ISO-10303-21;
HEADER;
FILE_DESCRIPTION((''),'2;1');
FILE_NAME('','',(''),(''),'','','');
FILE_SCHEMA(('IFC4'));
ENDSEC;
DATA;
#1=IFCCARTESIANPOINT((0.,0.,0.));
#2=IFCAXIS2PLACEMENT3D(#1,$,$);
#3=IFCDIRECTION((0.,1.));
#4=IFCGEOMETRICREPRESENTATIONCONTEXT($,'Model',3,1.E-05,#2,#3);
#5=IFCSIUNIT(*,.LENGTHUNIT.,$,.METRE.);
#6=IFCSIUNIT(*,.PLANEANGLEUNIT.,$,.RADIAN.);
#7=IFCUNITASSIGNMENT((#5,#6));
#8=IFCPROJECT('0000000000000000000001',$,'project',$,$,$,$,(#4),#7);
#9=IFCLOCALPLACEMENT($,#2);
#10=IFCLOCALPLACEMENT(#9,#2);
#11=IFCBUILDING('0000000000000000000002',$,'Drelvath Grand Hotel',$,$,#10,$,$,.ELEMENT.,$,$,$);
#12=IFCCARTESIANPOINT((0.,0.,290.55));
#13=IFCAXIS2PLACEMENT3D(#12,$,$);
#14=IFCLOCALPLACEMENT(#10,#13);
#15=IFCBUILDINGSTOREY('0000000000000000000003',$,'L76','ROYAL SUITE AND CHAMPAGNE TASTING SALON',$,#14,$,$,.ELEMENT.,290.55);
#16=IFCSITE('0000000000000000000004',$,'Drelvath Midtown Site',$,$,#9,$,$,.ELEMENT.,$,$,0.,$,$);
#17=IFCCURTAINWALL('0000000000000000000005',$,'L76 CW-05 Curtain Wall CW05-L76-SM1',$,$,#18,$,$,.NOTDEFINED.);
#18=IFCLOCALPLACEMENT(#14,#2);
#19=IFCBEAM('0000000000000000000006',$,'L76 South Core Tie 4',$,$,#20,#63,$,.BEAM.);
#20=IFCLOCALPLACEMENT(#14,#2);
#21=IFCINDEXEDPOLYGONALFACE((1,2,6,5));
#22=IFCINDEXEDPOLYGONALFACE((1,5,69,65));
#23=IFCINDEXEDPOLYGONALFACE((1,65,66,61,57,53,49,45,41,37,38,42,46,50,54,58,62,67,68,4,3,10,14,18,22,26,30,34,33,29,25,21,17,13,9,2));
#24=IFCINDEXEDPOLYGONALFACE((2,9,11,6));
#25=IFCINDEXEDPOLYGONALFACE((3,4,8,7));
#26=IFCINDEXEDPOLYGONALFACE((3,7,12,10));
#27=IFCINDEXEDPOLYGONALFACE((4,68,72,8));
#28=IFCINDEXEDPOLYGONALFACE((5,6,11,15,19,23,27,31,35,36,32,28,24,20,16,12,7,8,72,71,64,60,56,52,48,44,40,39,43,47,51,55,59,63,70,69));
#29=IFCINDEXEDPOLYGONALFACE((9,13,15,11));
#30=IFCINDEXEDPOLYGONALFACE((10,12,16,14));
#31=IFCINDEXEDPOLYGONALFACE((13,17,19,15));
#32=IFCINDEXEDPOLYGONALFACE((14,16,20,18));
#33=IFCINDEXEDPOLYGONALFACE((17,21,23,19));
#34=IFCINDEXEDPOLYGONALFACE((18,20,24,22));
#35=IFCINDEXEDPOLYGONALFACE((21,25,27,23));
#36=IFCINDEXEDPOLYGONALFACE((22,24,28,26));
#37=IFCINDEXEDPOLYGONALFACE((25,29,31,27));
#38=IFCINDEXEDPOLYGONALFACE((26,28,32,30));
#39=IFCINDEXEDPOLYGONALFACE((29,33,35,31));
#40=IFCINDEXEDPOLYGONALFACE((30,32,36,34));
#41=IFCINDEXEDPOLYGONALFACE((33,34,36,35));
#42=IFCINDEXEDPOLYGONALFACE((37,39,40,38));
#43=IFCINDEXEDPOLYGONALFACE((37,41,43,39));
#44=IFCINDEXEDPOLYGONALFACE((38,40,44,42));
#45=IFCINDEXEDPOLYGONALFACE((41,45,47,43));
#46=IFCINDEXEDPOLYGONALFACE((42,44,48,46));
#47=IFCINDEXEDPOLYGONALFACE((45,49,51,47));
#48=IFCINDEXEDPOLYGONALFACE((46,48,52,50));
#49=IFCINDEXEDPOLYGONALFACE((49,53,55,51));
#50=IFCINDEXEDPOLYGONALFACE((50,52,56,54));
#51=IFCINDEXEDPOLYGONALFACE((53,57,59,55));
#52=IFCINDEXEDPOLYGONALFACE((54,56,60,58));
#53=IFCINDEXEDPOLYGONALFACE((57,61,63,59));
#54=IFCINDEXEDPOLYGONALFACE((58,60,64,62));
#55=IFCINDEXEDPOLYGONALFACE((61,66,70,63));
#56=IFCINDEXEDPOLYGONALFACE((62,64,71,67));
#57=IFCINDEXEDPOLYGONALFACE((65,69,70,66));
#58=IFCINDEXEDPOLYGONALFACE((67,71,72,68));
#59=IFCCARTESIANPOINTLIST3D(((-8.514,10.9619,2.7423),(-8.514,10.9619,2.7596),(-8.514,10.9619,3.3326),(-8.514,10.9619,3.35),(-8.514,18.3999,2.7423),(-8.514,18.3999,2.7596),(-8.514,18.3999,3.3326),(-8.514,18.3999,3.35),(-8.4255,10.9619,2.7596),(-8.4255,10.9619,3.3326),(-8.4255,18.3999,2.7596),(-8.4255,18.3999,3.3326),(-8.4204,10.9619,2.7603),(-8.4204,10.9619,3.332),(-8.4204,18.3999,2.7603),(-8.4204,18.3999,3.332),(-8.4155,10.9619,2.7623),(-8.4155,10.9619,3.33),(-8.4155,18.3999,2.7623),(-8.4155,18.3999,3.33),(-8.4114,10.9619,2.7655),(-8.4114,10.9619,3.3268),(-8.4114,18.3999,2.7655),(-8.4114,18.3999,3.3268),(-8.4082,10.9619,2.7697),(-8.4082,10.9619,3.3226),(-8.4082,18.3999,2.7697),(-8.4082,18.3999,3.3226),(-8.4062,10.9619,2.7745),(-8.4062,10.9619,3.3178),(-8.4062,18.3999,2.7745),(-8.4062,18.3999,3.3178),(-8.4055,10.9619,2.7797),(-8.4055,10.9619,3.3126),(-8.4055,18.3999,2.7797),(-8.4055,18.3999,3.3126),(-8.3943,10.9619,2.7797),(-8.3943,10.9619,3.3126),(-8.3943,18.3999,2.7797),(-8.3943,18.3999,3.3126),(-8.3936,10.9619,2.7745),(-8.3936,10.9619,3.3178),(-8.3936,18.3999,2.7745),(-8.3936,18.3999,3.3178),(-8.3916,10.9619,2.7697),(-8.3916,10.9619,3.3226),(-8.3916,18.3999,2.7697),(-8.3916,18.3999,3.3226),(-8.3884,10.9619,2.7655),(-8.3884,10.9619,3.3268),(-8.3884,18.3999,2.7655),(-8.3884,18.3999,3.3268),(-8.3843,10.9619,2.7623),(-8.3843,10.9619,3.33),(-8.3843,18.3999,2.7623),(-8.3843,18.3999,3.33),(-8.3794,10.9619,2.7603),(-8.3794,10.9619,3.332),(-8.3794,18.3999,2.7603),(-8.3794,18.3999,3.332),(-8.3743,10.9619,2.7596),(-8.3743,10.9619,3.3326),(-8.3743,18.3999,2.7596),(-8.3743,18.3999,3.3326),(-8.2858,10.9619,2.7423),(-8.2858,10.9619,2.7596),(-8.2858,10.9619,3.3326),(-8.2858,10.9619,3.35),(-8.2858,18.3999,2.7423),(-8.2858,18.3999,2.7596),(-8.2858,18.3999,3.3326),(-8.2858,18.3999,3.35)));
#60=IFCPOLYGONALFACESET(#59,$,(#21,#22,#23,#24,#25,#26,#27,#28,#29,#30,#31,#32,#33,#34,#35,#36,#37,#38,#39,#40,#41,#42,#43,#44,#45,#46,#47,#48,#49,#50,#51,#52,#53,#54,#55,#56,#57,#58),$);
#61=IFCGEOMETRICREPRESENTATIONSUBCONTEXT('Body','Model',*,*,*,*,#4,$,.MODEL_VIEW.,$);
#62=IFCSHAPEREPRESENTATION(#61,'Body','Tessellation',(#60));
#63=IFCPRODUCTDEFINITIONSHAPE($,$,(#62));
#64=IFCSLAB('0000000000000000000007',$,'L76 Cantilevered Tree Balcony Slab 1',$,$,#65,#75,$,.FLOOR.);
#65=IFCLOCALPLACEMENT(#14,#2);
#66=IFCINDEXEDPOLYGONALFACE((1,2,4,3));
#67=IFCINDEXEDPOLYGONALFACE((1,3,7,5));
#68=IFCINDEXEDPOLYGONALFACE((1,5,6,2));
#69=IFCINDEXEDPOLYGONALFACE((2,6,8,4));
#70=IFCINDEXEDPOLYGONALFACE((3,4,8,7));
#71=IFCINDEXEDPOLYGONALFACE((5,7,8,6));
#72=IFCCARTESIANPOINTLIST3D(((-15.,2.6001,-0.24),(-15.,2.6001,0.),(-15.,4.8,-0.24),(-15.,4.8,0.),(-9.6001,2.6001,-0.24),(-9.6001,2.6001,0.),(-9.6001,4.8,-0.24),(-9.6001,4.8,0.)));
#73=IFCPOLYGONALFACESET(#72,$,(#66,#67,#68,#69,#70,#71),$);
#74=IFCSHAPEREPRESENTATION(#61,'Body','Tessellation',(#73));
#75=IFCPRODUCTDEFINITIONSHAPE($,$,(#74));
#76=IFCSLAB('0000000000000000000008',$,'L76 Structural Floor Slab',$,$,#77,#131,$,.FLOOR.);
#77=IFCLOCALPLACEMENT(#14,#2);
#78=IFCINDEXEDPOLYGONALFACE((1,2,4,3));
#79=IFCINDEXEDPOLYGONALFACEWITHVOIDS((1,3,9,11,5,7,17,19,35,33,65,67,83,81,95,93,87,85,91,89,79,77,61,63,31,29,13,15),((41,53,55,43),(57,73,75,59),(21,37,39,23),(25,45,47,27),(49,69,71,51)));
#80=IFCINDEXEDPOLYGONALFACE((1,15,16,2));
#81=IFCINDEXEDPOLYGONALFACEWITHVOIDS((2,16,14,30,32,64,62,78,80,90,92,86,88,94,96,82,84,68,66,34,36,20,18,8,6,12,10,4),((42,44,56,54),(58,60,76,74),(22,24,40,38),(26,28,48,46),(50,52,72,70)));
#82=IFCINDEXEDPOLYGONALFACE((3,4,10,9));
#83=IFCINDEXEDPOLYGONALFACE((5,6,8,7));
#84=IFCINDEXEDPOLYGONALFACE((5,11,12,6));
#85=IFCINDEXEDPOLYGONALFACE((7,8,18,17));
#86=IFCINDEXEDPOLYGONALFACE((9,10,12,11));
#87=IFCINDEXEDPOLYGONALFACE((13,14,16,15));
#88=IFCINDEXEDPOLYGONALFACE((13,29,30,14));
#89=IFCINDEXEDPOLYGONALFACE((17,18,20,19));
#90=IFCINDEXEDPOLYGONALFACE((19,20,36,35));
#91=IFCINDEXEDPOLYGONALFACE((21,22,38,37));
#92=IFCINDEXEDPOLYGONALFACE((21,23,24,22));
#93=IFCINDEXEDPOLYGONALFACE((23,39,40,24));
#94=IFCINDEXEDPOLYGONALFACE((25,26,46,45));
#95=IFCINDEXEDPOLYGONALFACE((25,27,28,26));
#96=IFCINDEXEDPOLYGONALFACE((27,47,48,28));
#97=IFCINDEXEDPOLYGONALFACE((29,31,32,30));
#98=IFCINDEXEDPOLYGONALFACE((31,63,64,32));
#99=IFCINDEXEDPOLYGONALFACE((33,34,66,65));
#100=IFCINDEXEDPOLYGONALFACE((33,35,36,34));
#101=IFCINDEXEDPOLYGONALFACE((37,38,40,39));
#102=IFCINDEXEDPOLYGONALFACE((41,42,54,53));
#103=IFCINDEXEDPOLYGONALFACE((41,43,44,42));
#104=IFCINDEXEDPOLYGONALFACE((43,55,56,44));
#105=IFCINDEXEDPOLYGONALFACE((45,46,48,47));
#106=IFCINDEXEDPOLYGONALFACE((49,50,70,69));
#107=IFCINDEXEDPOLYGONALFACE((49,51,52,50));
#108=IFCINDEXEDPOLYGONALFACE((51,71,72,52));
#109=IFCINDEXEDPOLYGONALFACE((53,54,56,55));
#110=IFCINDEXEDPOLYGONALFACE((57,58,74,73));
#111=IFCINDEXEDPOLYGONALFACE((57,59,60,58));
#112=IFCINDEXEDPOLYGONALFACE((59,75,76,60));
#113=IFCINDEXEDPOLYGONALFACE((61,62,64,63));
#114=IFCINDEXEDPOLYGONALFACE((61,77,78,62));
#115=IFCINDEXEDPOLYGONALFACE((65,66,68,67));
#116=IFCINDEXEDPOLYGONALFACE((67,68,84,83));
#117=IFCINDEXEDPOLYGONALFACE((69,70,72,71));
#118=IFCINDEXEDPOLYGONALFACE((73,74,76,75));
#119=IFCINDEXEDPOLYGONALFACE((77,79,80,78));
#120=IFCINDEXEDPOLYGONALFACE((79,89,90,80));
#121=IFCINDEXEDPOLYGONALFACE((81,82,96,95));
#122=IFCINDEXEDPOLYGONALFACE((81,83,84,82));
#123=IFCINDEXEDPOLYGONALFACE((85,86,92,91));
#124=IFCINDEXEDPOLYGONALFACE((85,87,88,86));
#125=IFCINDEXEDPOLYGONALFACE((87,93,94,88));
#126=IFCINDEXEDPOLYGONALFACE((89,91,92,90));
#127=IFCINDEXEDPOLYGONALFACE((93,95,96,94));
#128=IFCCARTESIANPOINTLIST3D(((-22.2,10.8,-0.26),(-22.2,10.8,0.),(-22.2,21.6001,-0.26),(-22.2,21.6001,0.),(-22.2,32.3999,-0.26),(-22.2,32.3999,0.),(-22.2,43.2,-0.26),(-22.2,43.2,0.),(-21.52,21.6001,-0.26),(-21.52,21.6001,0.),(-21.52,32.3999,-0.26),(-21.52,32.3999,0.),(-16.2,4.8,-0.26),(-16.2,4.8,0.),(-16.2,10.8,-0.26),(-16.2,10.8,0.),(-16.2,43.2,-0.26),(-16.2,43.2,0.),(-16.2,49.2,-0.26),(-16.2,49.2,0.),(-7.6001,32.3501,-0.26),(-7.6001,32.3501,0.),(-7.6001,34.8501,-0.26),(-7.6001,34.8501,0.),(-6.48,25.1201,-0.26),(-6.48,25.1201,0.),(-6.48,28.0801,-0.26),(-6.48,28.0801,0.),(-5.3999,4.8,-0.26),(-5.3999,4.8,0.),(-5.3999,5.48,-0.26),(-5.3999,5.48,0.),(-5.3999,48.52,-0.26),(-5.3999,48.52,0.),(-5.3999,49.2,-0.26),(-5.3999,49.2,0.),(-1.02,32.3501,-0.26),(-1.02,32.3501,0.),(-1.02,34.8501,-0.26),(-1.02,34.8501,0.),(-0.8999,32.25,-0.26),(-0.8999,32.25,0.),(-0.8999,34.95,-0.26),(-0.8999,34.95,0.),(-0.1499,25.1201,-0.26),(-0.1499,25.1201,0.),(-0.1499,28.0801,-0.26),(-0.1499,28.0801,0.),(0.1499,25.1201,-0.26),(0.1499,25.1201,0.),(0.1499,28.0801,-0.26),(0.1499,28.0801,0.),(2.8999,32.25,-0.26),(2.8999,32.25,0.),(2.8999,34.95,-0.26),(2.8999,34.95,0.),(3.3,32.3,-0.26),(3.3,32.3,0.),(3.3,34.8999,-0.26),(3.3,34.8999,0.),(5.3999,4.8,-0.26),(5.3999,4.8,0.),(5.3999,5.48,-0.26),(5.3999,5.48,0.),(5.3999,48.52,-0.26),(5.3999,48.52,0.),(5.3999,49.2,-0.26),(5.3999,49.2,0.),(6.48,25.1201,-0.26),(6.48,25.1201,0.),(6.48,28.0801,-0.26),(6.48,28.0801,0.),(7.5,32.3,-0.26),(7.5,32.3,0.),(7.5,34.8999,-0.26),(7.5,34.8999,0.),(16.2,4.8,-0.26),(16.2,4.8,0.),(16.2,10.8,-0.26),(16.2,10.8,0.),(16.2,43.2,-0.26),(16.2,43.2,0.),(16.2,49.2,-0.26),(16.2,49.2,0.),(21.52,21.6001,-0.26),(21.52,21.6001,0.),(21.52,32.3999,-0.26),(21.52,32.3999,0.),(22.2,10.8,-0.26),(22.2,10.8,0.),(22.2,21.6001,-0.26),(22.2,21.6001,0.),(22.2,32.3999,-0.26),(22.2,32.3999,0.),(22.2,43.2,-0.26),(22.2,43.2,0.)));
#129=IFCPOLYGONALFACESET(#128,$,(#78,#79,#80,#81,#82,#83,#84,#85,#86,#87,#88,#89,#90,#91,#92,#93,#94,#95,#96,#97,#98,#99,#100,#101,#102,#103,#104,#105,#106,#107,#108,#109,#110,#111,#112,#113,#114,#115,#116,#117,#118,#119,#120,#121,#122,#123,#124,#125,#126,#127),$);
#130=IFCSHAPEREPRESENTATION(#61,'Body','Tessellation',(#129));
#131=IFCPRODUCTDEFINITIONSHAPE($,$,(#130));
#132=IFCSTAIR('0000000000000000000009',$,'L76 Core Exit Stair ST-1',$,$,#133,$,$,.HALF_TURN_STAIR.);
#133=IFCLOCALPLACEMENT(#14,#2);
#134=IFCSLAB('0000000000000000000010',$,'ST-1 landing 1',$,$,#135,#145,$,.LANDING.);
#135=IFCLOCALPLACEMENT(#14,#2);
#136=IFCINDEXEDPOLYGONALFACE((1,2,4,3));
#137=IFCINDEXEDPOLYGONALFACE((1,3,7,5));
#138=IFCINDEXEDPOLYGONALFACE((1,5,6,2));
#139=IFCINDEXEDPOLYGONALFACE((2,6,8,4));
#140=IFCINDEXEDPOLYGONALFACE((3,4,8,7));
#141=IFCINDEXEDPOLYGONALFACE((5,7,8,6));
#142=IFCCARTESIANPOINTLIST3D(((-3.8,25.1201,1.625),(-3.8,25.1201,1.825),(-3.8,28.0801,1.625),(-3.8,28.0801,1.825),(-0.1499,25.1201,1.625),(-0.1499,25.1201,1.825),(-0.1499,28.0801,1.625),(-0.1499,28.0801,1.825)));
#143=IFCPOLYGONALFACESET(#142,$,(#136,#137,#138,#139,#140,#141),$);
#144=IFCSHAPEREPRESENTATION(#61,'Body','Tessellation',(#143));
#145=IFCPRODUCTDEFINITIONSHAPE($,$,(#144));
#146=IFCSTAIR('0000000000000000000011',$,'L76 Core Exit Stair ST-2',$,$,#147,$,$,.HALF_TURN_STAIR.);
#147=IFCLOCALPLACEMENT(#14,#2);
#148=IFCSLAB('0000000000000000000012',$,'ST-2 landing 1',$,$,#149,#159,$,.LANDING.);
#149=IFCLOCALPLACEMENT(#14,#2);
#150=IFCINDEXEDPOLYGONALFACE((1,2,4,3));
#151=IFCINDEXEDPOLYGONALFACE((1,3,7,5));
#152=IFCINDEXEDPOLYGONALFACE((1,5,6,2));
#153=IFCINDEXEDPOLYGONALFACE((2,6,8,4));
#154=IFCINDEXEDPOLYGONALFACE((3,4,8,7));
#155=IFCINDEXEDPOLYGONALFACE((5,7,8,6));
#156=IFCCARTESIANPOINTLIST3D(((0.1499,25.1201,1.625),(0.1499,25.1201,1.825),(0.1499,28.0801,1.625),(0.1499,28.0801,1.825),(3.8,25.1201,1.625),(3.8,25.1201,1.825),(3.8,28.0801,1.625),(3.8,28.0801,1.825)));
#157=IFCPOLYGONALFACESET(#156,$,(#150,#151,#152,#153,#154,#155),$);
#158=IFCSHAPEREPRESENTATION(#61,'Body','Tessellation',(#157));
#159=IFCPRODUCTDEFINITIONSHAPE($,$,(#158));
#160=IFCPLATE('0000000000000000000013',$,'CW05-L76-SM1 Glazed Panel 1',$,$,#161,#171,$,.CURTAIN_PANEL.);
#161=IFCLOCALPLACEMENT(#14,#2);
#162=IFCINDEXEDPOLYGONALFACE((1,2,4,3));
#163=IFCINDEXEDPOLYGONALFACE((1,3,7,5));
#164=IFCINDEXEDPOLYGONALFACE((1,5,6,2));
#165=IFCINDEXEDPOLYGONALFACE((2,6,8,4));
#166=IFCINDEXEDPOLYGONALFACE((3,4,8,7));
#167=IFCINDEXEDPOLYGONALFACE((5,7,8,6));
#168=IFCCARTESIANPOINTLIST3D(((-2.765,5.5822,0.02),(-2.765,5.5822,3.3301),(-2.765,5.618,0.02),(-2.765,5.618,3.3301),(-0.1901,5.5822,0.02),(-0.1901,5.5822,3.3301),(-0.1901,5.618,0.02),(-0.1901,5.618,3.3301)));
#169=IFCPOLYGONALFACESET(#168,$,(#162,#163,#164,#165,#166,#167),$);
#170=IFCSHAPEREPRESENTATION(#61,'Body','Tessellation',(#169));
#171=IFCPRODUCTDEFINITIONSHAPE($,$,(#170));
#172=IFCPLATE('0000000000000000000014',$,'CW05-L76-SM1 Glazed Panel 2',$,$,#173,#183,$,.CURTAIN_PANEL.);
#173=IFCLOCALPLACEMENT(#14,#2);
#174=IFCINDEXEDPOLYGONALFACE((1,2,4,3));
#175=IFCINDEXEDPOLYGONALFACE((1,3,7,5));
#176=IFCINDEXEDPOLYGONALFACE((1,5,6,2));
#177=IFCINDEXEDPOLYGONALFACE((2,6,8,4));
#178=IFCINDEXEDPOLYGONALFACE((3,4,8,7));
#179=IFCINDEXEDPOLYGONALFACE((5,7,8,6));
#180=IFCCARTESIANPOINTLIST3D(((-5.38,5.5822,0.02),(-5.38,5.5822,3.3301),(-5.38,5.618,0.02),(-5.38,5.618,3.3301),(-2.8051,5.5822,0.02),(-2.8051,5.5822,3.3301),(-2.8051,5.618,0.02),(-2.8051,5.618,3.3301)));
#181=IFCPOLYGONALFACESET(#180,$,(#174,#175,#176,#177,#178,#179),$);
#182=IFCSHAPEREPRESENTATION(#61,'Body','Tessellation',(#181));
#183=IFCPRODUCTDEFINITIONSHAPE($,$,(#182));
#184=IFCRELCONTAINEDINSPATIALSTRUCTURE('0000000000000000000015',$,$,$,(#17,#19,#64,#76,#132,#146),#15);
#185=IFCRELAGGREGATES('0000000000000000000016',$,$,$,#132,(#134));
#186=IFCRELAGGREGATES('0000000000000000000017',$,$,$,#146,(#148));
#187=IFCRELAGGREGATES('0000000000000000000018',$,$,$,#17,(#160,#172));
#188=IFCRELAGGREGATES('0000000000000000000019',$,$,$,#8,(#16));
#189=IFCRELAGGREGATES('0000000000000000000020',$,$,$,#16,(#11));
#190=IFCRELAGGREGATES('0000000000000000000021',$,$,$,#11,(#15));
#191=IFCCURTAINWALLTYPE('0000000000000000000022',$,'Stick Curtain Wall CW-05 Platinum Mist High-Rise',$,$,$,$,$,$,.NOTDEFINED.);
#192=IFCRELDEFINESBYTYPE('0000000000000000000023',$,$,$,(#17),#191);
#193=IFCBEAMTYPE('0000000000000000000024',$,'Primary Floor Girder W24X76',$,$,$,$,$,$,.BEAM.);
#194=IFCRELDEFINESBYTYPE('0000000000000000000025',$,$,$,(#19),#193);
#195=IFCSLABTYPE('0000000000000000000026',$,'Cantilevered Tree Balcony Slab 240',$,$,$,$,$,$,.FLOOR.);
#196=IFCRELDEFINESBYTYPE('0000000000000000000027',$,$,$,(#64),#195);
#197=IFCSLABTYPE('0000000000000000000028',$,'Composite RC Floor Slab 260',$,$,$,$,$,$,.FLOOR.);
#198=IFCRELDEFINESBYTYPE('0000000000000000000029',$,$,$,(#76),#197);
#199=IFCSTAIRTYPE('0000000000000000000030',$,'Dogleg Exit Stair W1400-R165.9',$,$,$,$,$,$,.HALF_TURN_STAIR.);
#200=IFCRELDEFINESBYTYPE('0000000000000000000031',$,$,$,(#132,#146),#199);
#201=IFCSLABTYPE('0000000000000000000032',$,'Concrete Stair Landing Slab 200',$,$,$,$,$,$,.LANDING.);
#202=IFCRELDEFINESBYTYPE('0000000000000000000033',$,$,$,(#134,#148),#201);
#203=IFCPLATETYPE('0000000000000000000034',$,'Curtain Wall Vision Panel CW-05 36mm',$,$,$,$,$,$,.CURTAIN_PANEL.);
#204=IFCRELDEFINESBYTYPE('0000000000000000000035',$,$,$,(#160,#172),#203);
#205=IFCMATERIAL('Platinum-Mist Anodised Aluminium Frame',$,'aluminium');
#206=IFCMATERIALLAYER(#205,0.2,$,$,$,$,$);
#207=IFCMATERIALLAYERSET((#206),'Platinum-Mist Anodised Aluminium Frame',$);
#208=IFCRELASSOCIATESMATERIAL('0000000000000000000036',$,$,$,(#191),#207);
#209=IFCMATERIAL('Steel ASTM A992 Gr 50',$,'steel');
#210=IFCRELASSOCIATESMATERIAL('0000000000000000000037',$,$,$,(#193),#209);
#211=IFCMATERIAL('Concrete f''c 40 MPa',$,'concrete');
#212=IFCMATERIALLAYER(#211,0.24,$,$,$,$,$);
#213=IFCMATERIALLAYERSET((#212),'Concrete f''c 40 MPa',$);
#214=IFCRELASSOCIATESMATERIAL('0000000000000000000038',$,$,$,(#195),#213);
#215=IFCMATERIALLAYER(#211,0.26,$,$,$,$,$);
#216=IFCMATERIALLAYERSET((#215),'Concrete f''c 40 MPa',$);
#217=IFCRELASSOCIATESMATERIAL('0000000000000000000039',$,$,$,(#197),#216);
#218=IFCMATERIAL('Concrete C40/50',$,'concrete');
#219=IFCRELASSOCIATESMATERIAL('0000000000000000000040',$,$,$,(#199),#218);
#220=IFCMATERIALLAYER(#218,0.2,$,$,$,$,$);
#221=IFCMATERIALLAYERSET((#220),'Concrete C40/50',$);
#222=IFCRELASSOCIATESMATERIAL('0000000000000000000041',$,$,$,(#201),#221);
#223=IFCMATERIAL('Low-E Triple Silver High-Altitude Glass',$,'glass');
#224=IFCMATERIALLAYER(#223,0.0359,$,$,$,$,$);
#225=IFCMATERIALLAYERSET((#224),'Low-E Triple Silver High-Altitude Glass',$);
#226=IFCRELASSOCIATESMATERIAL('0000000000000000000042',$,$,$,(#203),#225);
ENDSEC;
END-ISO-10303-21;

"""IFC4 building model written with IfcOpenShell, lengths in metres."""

from ifc_helpers import new_model, si_unit, direction, frame, origin, origin_2d, place, context, subcontext, project, spatial, polyline, rectangle, i_section, outline, extrude, material, layer, layer_set, material_profile, profile_set, type_object, element, aggregate, save


model = new_model("IFC4")

# Units and contexts
model_context = context("Model", 3, precision=1e-05, world=origin(), true_north=direction((0.0, 1.0)))
body_context = subcontext(model_context, "Body", "Model", "MODEL_VIEW")
ifc_project = project(units=[si_unit("LENGTHUNIT", "METRE"), si_unit("PLANEANGLEUNIT", "RADIAN")], contexts=[model_context])

# Site, building, storey
site_placement = place(None, origin())
site = spatial("IfcSite", under=ifc_project, at=site_placement, Name="Drelvath Midtown Site", CompositionType="ELEMENT", RefElevation=0.0)
building_placement = place(site_placement, origin())
building = spatial("IfcBuilding", under=site, at=building_placement, Name="Drelvath Grand Hotel", CompositionType="ELEMENT")
storey_placement = place(building_placement, frame((0.0, 0.0, 290.55)))
storey = spatial("IfcBuildingStorey", under=building, at=storey_placement, Name="L76", Description="ROYAL SUITE AND CHAMPAGNE TASTING SALON", CompositionType="ELEMENT", Elevation=290.55)

# Curtain wall
ifc_material_1 = material(Name="Platinum-Mist Anodised Aluminium Frame", Category="aluminium")
ifc_layer_1 = layer(ifc_material_1, 0.2)
ifc_layer_set_1 = layer_set([ifc_layer_1], Name="Platinum-Mist Anodised Aluminium Frame")
curtain_wall_type = type_object("IfcCurtainWallType", Name="Stick Curtain Wall CW-05 Platinum Mist High-Rise", PredefinedType="NOTDEFINED", material=ifc_layer_set_1)
curtain_wall_1_placement = place(storey_placement, origin())
curtain_wall_1 = element("IfcCurtainWall", 1, at=curtain_wall_1_placement, inside=storey, type_object=curtain_wall_type, Name="L76 CW-05 Curtain Wall CW05-L76-SM1", PredefinedType="NOTDEFINED")

# Beam
ifc_material_2 = material(Name="Steel ASTM A992 Gr 50", Category="steel")
ifc_material_profile_1 = material_profile(ifc_material_2, i_section(OverallWidth=0.2283, OverallDepth=0.6077, WebThickness=0.0112, FlangeThickness=0.0173, FilletRadius=0.02, at=origin_2d()), Name="W24X76")
ifc_profile_set_1 = profile_set([ifc_material_profile_1], Name="Steel ASTM A992 Gr 50")
beam_type = type_object("IfcBeamType", Name="Primary Floor Girder W24X76", PredefinedType="BEAM", material=ifc_profile_set_1)
beam_placement = place(storey_placement, frame((-8.3999, 10.9619, 3.0461), z_axis=(0.0, 1.0, 0.0), x_axis=(-1.0, 0.0, 0.0)))
element("IfcBeam", 2, at=beam_placement, inside=storey, type_object=beam_type, Name="L76 South Core Tie 4", PredefinedType="BEAM", context=body_context, shape_type="SweptSolid", body=[
    extrude(i_section(OverallWidth=0.2283, OverallDepth=0.6077, WebThickness=0.0112, FlangeThickness=0.0173, FilletRadius=0.02, at=origin_2d()), origin(), (0.0, 0.0, 1.0), 7.438),
])

# Slabs
ifc_material_3 = material(Name="Concrete f'c 40 MPa", Category="concrete")
ifc_layer_2 = layer(ifc_material_3, 0.24)
ifc_layer_set_2 = layer_set([ifc_layer_2], Name="Concrete f'c 40 MPa")
slab_type_1 = type_object("IfcSlabType", Name="Cantilevered Tree Balcony Slab 240", PredefinedType="FLOOR", material=ifc_layer_set_2)
slab_1_placement = place(storey_placement, frame((0.0, 0.0, -0.24)))
element("IfcSlab", 3, at=slab_1_placement, inside=storey, type_object=slab_type_1, Name="L76 Cantilevered Tree Balcony Slab 1", PredefinedType="FLOOR", context=body_context, shape_type="SweptSolid", body=[
    extrude(outline(polyline([(-15.0, 2.6001), (-9.6001, 2.6001), (-9.6001, 4.8), (-15.0, 4.8), (-15.0, 2.6001)])), origin(), (0.0, 0.0, 1.0), 0.24),
])
ifc_layer_3 = layer(ifc_material_3, 0.26)
ifc_layer_set_3 = layer_set([ifc_layer_3], Name="Concrete f'c 40 MPa")
slab_type_2 = type_object("IfcSlabType", Name="Composite RC Floor Slab 260", PredefinedType="FLOOR", material=ifc_layer_set_3)
slab_2_placement = place(storey_placement, frame((0.0, 0.0, -0.26)))
element("IfcSlab", 4, at=slab_2_placement, inside=storey, type_object=slab_type_2, Name="L76 Structural Floor Slab", PredefinedType="FLOOR", context=body_context, shape_type="SweptSolid", body=[
    extrude(outline(polyline([(-16.2, 4.8), (-5.3999, 4.8), (-5.3999, 5.48), (5.3999, 5.48), (5.3999, 4.8), (16.2, 4.8), (16.2, 10.8), (22.2, 10.8), (22.2, 21.6001), (21.52, 21.6001), (21.52, 32.3999), (22.2, 32.3999), (22.2, 43.2), (16.2, 43.2), (16.2, 49.2), (5.3999, 49.2), (5.3999, 48.52), (-5.3999, 48.52), (-5.3999, 49.2), (-16.2, 49.2), (-16.2, 43.2), (-22.2, 43.2), (-22.2, 32.3999), (-21.52, 32.3999), (-21.52, 21.6001), (-22.2, 21.6001), (-22.2, 10.8), (-16.2, 10.8), (-16.2, 4.8)]), holes=[polyline([(-6.48, 25.1201), (-6.48, 28.0801), (-0.1499, 28.0801), (-0.1499, 25.1201), (-6.48, 25.1201)]), polyline([(0.1499, 25.1201), (0.1499, 28.0801), (6.48, 28.0801), (6.48, 25.1201), (0.1499, 25.1201)]), polyline([(-7.6001, 32.3501), (-7.6001, 34.8501), (-1.02, 34.8501), (-1.02, 32.3501), (-7.6001, 32.3501)]), polyline([(-0.8999, 32.25), (-0.8999, 34.95), (2.8999, 34.95), (2.8999, 32.25), (-0.8999, 32.25)]), polyline([(3.3, 32.3), (3.3, 34.8999), (7.5, 34.8999), (7.5, 32.3), (3.3, 32.3)])]), origin(), (0.0, 0.0, 1.0), 0.26),
])

# Stairs, slabs
ifc_material_4 = material(Name="Concrete C40/50", Category="concrete")
stair_type = type_object("IfcStairType", Name="Dogleg Exit Stair W1400-R165.9", PredefinedType="HALF_TURN_STAIR", material=ifc_material_4)
stair_1_placement = place(storey_placement, origin())
stair_1 = element("IfcStair", 5, at=stair_1_placement, inside=storey, type_object=stair_type, Name="L76 Core Exit Stair ST-1", PredefinedType="HALF_TURN_STAIR")
ifc_layer_4 = layer(ifc_material_4, 0.2)
ifc_layer_set_4 = layer_set([ifc_layer_4], Name="Concrete C40/50")
slab_type_3 = type_object("IfcSlabType", Name="Concrete Stair Landing Slab 200", PredefinedType="LANDING", material=ifc_layer_set_4)
slab_3_placement = place(storey_placement, frame((0.0, 0.0, 1.625)))
slab_3 = element("IfcSlab", 6, at=slab_3_placement, type_object=slab_type_3, Name="ST-1 landing 1", PredefinedType="LANDING", context=body_context, shape_type="SweptSolid", body=[
    extrude(outline(polyline([(-3.8, 25.1201), (-0.1499, 25.1201), (-0.1499, 28.0801), (-3.8, 28.0801), (-3.8, 25.1201)])), origin(), (0.0, 0.0, 1.0), 0.2),
])
aggregate(stair_1, [slab_3])
stair_2_placement = place(storey_placement, origin())
stair_2 = element("IfcStair", 7, at=stair_2_placement, inside=storey, type_object=stair_type, Name="L76 Core Exit Stair ST-2", PredefinedType="HALF_TURN_STAIR")
slab_4_placement = place(storey_placement, frame((0.0, 0.0, 1.625)))
slab_4 = element("IfcSlab", 8, at=slab_4_placement, type_object=slab_type_3, Name="ST-2 landing 1", PredefinedType="LANDING", context=body_context, shape_type="SweptSolid", body=[
    extrude(outline(polyline([(3.8, 28.0801), (0.1499, 28.0801), (0.1499, 25.1201), (3.8, 25.1201), (3.8, 28.0801)])), origin(), (0.0, 0.0, 1.0), 0.2),
])
aggregate(stair_2, [slab_4])

# Plates
ifc_material_5 = material(Name="Low-E Triple Silver High-Altitude Glass", Category="glass")
ifc_layer_5 = layer(ifc_material_5, 0.0359)
ifc_layer_set_5 = layer_set([ifc_layer_5], Name="Low-E Triple Silver High-Altitude Glass")
plate_type = type_object("IfcPlateType", Name="Curtain Wall Vision Panel CW-05 36mm", PredefinedType="CURTAIN_PANEL", material=ifc_layer_set_5)
plate_1_placement = place(storey_placement, frame((-1.4775, 5.6001, 0.02), z_axis=(0.0, 0.0, 1.0), x_axis=(-1.0, 0.0, 0.0)))
plate_1 = element("IfcPlate", 9, at=plate_1_placement, type_object=plate_type, Name="CW05-L76-SM1 Glazed Panel 1", PredefinedType="CURTAIN_PANEL", context=body_context, shape_type="SweptSolid", body=[
    extrude(rectangle(XDim=2.575, YDim=0.0359, at=origin_2d()), origin(), (0.0, 0.0, 1.0), 3.3101),
])
plate_2_placement = place(storey_placement, frame((-4.0925, 5.6001, 0.02), z_axis=(0.0, 0.0, 1.0), x_axis=(-1.0, 0.0, 0.0)))
plate_2 = element("IfcPlate", 10, at=plate_2_placement, type_object=plate_type, Name="CW05-L76-SM1 Glazed Panel 2", PredefinedType="CURTAIN_PANEL", context=body_context, shape_type="SweptSolid", body=[
    extrude(rectangle(XDim=2.575, YDim=0.0359, at=origin_2d()), origin(), (0.0, 0.0, 1.0), 3.3101),
])
aggregate(curtain_wall_1, [plate_1, plate_2])

save(model, "model.ifc")
